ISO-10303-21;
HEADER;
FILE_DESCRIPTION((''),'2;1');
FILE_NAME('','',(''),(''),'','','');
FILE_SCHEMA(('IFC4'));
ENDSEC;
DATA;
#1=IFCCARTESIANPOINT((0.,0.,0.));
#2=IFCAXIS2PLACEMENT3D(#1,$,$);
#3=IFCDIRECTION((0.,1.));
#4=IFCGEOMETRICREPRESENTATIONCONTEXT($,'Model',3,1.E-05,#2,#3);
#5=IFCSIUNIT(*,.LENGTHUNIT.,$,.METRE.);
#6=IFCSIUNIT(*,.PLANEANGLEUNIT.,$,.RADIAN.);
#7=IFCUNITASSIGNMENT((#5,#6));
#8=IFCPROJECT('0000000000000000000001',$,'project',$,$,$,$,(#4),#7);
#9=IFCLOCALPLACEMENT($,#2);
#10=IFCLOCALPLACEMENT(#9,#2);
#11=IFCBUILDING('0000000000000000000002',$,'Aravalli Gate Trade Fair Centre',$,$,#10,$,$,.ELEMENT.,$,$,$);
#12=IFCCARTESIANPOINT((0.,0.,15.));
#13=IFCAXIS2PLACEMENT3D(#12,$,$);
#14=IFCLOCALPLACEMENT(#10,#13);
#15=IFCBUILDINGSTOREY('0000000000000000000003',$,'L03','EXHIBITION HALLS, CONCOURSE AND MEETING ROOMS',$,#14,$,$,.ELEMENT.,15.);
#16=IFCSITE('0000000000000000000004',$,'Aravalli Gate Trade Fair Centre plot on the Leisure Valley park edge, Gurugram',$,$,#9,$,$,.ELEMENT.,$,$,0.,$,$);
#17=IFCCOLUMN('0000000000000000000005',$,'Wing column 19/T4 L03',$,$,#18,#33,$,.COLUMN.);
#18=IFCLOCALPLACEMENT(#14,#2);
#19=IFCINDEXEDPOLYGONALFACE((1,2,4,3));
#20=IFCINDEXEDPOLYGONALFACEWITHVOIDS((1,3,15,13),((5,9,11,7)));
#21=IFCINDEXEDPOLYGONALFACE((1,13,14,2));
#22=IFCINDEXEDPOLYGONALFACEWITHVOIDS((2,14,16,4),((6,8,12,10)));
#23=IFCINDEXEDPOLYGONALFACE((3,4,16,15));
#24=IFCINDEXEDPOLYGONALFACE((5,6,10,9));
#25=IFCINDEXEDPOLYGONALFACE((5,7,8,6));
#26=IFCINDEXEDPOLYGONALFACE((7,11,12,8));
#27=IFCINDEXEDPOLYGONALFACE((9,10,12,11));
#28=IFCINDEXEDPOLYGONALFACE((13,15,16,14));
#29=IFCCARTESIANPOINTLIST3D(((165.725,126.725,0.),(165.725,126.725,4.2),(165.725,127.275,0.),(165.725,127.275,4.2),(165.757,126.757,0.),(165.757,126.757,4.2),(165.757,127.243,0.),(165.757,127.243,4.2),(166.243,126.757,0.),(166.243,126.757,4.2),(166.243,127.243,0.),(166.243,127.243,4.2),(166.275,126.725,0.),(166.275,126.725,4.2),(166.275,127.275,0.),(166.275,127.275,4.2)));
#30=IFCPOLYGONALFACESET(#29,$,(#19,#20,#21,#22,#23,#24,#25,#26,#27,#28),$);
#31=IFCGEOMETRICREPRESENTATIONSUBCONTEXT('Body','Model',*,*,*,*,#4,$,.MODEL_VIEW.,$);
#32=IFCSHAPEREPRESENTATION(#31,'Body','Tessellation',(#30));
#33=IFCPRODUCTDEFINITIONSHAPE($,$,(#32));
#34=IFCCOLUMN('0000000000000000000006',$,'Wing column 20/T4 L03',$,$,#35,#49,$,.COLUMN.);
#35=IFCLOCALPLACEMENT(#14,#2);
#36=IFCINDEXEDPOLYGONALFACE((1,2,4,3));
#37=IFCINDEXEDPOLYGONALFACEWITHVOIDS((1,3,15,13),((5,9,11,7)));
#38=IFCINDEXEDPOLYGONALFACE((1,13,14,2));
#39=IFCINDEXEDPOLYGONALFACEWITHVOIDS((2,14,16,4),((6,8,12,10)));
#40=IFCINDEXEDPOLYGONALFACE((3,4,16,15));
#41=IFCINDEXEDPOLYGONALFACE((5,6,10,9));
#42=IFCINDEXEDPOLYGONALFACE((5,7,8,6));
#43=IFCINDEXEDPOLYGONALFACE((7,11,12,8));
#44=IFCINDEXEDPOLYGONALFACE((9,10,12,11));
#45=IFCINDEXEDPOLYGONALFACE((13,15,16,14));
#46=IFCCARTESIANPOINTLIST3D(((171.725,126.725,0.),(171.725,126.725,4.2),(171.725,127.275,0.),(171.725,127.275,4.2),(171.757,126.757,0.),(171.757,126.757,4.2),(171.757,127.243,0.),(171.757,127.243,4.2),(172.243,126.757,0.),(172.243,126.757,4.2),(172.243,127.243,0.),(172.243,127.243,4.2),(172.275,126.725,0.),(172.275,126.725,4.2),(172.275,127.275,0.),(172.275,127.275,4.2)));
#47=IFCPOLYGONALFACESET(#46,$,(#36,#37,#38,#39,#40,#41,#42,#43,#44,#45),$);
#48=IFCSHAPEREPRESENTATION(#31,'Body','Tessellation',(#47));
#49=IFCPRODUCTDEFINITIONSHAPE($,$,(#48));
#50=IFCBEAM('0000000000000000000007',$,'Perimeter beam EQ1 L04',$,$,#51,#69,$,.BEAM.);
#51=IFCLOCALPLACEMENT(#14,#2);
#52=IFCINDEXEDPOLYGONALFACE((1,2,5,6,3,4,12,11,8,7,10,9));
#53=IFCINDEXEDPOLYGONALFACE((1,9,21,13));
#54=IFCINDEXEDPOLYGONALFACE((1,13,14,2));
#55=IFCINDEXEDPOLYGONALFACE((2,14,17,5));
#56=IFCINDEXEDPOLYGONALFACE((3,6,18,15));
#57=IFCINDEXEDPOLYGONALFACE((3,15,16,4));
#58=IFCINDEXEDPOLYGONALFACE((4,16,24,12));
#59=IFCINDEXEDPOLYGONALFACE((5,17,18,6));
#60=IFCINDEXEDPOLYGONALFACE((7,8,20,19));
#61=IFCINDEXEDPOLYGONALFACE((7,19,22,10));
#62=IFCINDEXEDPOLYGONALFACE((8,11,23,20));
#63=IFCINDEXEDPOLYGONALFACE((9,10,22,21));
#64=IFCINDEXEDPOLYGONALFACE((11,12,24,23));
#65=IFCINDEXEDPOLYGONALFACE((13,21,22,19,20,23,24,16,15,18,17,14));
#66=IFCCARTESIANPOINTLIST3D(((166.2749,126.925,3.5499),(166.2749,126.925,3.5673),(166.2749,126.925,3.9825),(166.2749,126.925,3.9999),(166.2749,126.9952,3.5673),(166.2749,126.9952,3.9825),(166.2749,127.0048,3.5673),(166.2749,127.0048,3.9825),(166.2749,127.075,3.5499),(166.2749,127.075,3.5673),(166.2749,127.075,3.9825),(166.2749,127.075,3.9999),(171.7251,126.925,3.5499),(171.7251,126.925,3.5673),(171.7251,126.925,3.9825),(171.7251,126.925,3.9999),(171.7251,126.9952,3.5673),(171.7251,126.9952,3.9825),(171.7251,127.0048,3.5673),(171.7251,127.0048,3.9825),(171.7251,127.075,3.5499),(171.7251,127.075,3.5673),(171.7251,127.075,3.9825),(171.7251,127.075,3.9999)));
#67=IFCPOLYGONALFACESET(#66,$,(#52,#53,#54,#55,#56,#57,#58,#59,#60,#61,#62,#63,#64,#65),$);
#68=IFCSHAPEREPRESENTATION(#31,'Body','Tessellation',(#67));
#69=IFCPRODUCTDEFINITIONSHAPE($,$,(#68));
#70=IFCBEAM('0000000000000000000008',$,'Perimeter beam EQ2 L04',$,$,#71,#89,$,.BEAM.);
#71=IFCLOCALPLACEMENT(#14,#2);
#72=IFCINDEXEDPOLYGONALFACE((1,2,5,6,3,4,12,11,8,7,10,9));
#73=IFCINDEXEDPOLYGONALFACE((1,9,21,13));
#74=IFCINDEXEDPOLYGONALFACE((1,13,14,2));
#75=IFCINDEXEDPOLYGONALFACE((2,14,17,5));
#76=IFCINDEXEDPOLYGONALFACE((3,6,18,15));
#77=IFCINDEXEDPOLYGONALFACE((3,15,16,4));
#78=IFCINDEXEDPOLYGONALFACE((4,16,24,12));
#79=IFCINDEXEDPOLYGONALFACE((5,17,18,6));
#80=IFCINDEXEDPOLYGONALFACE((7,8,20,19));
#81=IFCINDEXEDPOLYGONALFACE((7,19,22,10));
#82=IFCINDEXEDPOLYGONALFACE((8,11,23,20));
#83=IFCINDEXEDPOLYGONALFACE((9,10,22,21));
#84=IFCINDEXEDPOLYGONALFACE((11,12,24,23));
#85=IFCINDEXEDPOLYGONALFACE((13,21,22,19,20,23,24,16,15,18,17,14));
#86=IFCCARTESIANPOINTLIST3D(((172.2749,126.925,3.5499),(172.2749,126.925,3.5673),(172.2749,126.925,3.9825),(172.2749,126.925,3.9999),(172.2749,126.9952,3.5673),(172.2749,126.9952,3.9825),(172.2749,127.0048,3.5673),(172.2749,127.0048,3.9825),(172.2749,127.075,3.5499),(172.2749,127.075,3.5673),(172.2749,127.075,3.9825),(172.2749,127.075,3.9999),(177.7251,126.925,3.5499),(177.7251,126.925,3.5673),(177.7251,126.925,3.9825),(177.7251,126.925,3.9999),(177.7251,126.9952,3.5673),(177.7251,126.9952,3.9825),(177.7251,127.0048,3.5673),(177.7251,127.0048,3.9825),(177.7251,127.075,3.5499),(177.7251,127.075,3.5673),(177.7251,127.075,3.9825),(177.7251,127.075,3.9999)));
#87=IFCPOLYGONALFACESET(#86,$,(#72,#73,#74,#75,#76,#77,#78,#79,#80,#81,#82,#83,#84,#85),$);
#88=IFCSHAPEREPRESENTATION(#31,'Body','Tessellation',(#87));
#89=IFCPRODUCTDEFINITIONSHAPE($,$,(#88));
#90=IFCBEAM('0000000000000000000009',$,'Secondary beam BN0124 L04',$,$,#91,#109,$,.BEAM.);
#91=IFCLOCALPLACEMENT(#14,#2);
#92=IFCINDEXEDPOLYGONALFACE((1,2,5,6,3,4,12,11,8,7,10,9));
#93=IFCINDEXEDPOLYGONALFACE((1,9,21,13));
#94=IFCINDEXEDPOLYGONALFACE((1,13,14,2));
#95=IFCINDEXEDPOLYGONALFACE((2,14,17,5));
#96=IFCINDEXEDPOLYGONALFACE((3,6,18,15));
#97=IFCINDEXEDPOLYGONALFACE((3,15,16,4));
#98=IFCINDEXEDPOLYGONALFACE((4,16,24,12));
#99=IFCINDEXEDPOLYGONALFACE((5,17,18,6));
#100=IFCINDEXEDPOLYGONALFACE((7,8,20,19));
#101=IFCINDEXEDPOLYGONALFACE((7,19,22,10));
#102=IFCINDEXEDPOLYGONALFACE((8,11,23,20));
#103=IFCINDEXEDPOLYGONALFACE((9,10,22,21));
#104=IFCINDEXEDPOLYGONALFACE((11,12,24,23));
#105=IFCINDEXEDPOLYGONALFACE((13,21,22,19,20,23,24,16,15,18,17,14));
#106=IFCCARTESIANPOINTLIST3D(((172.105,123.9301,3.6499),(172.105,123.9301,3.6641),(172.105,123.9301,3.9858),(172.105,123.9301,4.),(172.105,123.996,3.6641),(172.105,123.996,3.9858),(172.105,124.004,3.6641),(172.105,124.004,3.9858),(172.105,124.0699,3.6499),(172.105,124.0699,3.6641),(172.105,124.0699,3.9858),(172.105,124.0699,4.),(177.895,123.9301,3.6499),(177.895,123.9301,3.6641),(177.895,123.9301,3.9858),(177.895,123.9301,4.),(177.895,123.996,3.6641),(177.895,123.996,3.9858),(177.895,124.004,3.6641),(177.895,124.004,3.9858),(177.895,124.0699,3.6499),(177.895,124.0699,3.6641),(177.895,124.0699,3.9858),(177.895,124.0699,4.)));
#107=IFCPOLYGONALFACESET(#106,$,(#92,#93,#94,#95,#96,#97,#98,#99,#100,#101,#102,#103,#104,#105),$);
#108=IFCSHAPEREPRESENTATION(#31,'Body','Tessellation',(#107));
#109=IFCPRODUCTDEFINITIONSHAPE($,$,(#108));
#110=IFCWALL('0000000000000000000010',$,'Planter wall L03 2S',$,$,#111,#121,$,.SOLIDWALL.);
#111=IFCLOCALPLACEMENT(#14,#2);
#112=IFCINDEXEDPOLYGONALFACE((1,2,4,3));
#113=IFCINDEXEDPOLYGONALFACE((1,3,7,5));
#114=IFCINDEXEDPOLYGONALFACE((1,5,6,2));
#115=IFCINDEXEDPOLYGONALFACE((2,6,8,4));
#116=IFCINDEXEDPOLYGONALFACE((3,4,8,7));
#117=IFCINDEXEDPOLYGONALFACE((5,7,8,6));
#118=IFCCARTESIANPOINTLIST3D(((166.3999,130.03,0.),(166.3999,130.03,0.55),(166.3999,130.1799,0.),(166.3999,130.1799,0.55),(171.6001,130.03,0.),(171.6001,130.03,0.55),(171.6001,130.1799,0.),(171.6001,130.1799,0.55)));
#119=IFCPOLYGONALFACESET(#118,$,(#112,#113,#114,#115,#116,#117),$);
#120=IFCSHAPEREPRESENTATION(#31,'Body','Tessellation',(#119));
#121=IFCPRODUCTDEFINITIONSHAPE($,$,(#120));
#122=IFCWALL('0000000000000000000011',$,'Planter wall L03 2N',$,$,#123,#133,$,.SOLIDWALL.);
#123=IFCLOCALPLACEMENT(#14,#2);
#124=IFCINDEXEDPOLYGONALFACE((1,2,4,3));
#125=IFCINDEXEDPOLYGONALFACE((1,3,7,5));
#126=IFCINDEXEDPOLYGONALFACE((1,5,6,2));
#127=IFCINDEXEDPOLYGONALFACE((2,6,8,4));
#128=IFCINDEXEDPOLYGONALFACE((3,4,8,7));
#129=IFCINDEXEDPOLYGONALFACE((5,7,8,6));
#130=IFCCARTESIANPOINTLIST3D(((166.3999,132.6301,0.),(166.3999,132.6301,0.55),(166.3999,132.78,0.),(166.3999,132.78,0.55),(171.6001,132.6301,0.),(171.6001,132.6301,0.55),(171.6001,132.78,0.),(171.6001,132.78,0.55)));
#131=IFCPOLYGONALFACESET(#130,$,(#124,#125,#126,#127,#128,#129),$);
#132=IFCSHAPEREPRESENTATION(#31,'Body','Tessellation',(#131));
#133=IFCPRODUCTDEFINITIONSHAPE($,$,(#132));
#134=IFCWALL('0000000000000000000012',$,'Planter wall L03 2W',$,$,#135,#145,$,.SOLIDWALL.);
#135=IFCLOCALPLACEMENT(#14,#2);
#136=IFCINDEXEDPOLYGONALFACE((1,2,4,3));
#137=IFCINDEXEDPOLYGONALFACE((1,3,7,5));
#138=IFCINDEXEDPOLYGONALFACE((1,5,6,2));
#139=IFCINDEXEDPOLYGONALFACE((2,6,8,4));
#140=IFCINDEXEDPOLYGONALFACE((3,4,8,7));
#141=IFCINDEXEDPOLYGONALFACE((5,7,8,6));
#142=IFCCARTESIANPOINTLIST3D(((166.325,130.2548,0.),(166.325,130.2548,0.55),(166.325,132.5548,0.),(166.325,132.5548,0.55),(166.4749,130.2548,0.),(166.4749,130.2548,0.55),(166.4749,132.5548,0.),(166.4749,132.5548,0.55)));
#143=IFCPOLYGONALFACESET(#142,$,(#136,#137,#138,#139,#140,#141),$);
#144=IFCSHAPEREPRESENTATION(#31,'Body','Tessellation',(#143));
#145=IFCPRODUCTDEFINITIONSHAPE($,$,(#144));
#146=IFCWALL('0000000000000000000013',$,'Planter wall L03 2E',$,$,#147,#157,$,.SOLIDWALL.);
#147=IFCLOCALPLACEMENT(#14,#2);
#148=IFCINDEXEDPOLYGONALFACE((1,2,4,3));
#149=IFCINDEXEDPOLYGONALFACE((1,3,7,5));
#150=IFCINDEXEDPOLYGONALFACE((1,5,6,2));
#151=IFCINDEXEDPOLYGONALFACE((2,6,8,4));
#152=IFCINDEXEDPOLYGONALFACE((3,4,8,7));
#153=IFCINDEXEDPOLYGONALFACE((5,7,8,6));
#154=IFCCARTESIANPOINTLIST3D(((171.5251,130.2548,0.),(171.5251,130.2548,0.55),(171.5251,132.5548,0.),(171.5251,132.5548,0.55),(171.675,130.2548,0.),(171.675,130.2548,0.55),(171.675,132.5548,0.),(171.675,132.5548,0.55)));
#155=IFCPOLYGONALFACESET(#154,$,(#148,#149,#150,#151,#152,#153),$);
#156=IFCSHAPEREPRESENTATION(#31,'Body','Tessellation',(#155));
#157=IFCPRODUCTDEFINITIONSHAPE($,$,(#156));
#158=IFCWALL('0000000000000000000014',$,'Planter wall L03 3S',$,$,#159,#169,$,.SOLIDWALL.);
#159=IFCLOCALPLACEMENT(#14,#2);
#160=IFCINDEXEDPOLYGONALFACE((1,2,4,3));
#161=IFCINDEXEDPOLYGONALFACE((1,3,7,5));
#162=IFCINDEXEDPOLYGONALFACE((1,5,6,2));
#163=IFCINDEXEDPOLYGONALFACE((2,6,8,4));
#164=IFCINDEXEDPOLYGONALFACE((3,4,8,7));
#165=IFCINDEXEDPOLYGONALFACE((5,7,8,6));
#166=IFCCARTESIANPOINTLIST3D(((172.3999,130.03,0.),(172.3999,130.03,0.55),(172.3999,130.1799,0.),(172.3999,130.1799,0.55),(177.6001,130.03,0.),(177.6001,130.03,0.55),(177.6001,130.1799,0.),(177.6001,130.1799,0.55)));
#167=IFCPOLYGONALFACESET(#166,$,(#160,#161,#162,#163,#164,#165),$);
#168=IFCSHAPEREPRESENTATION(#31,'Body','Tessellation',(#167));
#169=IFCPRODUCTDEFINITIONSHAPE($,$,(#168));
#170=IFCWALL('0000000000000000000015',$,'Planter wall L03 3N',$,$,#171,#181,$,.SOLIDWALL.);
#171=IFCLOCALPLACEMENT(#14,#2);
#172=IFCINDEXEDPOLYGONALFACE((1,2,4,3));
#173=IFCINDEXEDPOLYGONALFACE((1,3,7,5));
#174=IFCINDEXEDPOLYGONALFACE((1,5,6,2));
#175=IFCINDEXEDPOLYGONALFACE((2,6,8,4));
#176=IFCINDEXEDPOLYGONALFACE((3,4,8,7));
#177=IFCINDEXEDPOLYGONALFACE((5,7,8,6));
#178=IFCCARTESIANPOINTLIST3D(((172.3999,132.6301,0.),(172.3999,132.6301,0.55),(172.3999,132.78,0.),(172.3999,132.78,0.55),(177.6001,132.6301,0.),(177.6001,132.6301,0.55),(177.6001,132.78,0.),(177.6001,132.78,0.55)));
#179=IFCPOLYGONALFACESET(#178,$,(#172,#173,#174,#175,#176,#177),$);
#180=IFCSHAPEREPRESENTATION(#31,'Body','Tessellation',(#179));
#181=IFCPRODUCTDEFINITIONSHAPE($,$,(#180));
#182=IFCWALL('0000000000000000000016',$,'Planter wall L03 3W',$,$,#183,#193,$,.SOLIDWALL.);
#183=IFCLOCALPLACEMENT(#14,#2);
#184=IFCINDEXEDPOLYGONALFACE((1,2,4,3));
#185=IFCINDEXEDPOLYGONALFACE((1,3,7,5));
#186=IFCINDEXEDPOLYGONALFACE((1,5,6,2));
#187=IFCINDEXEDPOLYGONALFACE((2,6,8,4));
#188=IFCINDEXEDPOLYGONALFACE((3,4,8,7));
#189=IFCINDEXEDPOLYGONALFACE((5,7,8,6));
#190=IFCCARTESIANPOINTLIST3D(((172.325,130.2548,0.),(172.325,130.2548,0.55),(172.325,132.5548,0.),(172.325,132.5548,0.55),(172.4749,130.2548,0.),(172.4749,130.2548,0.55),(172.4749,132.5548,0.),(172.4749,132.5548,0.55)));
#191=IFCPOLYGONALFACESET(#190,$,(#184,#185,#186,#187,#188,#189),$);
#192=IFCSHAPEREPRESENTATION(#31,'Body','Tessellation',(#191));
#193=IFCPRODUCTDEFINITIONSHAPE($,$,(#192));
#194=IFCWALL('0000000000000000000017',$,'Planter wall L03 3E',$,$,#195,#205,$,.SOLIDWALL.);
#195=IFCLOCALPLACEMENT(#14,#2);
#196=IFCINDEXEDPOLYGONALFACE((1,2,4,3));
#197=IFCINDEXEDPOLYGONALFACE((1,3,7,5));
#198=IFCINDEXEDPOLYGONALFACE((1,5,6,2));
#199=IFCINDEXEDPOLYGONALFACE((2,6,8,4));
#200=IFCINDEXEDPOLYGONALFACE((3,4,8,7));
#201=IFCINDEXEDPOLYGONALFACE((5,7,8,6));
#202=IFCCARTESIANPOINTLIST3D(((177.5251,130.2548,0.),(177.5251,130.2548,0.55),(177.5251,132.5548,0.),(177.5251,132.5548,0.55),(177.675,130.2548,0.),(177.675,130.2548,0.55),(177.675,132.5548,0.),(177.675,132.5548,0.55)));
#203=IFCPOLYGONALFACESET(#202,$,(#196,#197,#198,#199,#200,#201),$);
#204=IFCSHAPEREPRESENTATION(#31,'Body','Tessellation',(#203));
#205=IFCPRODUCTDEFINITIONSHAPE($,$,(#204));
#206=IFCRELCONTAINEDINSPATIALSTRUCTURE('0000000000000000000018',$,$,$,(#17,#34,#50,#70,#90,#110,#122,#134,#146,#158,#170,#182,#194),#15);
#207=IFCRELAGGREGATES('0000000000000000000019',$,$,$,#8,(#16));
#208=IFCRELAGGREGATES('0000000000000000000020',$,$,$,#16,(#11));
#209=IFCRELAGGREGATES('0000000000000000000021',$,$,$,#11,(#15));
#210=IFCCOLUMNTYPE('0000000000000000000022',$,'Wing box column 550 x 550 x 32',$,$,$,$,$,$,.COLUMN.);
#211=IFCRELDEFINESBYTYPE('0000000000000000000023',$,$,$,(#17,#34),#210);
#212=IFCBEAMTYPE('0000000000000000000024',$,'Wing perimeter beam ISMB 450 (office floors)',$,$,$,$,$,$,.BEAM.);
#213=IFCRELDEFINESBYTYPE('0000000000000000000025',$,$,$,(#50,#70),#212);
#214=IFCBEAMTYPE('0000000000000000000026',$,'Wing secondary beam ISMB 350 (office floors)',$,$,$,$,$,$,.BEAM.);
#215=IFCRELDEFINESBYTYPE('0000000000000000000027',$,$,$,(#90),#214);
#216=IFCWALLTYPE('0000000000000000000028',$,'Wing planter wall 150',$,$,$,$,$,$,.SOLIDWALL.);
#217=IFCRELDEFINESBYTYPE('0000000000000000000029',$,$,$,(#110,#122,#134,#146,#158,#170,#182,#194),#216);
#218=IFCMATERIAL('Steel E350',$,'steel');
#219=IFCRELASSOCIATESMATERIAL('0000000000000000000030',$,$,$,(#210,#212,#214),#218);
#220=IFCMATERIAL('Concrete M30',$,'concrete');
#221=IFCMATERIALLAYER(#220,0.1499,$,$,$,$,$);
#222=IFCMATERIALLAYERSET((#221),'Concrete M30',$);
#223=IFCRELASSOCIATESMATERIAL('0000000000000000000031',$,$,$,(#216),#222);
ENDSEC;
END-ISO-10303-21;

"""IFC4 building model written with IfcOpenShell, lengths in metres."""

from ifc_helpers import new_model, si_unit, direction, frame, frame_2d, origin, origin_2d, place, context, subcontext, project, spatial, rectangle, hollow_rectangle, i_section, extrude, material, layer, layer_set, material_profile, profile_set, type_object, element, save


model = new_model("IFC4")

# Units and contexts
model_context = context("Model", 3, precision=1e-05, world=origin(), true_north=direction((0.0, 1.0)))
body_context = subcontext(model_context, "Body", "Model", "MODEL_VIEW")
ifc_project = project(units=[si_unit("LENGTHUNIT", "METRE"), si_unit("PLANEANGLEUNIT", "RADIAN")], contexts=[model_context])

# Site, building, storey
site_placement = place(None, origin())
site = spatial("IfcSite", under=ifc_project, at=site_placement, Name="Aravalli Gate Trade Fair Centre plot on the Leisure Valley park edge, Gurugram", CompositionType="ELEMENT", RefElevation=0.0)
building_placement = place(site_placement, origin())
building = spatial("IfcBuilding", under=site, at=building_placement, Name="Aravalli Gate Trade Fair Centre", CompositionType="ELEMENT")
storey_placement = place(building_placement, frame((0.0, 0.0, 15.0)))
storey = spatial("IfcBuildingStorey", under=building, at=storey_placement, Name="L03", Description="EXHIBITION HALLS, CONCOURSE AND MEETING ROOMS", CompositionType="ELEMENT", Elevation=15.0)

# Columns
ifc_material_1 = material(Name="Steel E350", Category="steel")
ifc_material_profile_1 = material_profile(ifc_material_1, hollow_rectangle(XDim=0.55, YDim=0.55, WallThickness=0.032, at=origin_2d()), Name="BOX 550x550x32")
ifc_profile_set_1 = profile_set([ifc_material_profile_1], Name="Steel E350")
column_type = type_object("IfcColumnType", Name="Wing box column 550 x 550 x 32", PredefinedType="COLUMN", material=ifc_profile_set_1)
for number, where, z_axis, x_axis, name in (
    (1, (166.0, 127.0, 0.0), (0.0, 0.0, 1.0), (1.0, 0.0, 0.0), "Wing column 19/T4 L03"),
    (2, (172.0, 127.0, 0.0), (0.0, 0.0, 1.0), (1.0, 0.0, 0.0), "Wing column 20/T4 L03"),
):
    element("IfcColumn", number, at=place(storey_placement, frame(where, z_axis=z_axis, x_axis=x_axis)), inside=storey, type_object=column_type, Name=name, PredefinedType="COLUMN", context=body_context, shape_type="SweptSolid", body=[
        extrude(hollow_rectangle(XDim=0.55, YDim=0.55, WallThickness=0.032, at=origin_2d()), origin(), (0.0, 0.0, 1.0), 4.2),
    ])

# Beams
ifc_material_profile_2 = material_profile(ifc_material_1, i_section(OverallWidth=0.1499, OverallDepth=0.45, WebThickness=0.0095, FlangeThickness=0.0173, at=origin_2d()), Name="ISMB 450")
ifc_profile_set_2 = profile_set([ifc_material_profile_2], Name="Steel E350")
beam_type_1 = type_object("IfcBeamType", Name="Wing perimeter beam ISMB 450 (office floors)", PredefinedType="BEAM", material=ifc_profile_set_2)
for number, where, z_axis, x_axis, name in (
    (3, (166.2749, 127.0, 3.7749), (1.0, 0.0, 0.0), (0.0, 1.0, 0.0), "Perimeter beam EQ1 L04"),
    (4, (172.2749, 127.0, 3.7749), (1.0, 0.0, 0.0), (0.0, 1.0, 0.0), "Perimeter beam EQ2 L04"),
):
    element("IfcBeam", number, at=place(storey_placement, frame(where, z_axis=z_axis, x_axis=x_axis)), inside=storey, type_object=beam_type_1, Name=name, PredefinedType="BEAM", context=body_context, shape_type="SweptSolid", body=[
        extrude(i_section(OverallWidth=0.1499, OverallDepth=0.45, WebThickness=0.0095, FlangeThickness=0.0173, at=origin_2d()), origin(), (0.0, 0.0, 1.0), 5.4502),
    ])
ifc_material_profile_3 = material_profile(ifc_material_1, i_section(OverallWidth=0.1399, OverallDepth=0.3501, WebThickness=0.0081, FlangeThickness=0.0142, at=origin_2d()), Name="ISMB 350")
ifc_profile_set_3 = profile_set([ifc_material_profile_3], Name="Steel E350")
beam_type_2 = type_object("IfcBeamType", Name="Wing secondary beam ISMB 350 (office floors)", PredefinedType="BEAM", material=ifc_profile_set_3)
beam_placement = place(storey_placement, frame((172.105, 124.0, 3.825), z_axis=(1.0, 0.0, 0.0), x_axis=(0.0, 1.0, 0.0)))
element("IfcBeam", 5, at=beam_placement, inside=storey, type_object=beam_type_2, Name="Secondary beam BN0124 L04", PredefinedType="BEAM", context=body_context, shape_type="SweptSolid", body=[
    extrude(i_section(OverallWidth=0.1399, OverallDepth=0.3501, WebThickness=0.0081, FlangeThickness=0.0142, at=origin_2d()), origin(), (0.0, 0.0, 1.0), 5.79),
])

# Walls
ifc_material_2 = material(Name="Concrete M30", Category="concrete")
ifc_layer_1 = layer(ifc_material_2, 0.1499)
ifc_layer_set_1 = layer_set([ifc_layer_1], Name="Concrete M30")
wall_type_1 = type_object("IfcWallType", Name="Wing planter wall 150", PredefinedType="SOLIDWALL", material=ifc_layer_set_1)
for number, where, z_axis, x_axis, name in (
    (6, (166.3999, 130.105, 0.0), (0.0, 0.0, 1.0), (1.0, 0.0, 0.0), "Planter wall L03 2S"),
    (7, (166.3999, 132.7051, 0.0), (0.0, 0.0, 1.0), (1.0, 0.0, 0.0), "Planter wall L03 2N"),
):
    element("IfcWall", number, at=place(storey_placement, frame(where, z_axis=z_axis, x_axis=x_axis)), inside=storey, type_object=wall_type_1, Name=name, PredefinedType="SOLIDWALL", context=body_context, shape_type="SweptSolid", body=[
        extrude(rectangle(XDim=5.2002, YDim=0.1499, at=frame_2d((2.6001, 0.0))), origin(), (0.0, 0.0, 1.0), 0.55),
    ])
for number, where, z_axis, x_axis, name in (
    (8, (166.3999, 130.2549, 0.0), (0.0, 0.0, 1.0), (0.0, 1.0, 0.0), "Planter wall L03 2W"),
    (9, (171.6001, 130.2549, 0.0), (0.0, 0.0, 1.0), (0.0, 1.0, 0.0), "Planter wall L03 2E"),
):
    element("IfcWall", number, at=place(storey_placement, frame(where, z_axis=z_axis, x_axis=x_axis)), inside=storey, type_object=wall_type_1, Name=name, PredefinedType="SOLIDWALL", context=body_context, shape_type="SweptSolid", body=[
        extrude(rectangle(XDim=2.3, YDim=0.1499, at=frame_2d((1.1499, 0.0))), origin(), (0.0, 0.0, 1.0), 0.55),
    ])
for number, where, z_axis, x_axis, name in (
    (10, (172.3999, 130.105, 0.0), (0.0, 0.0, 1.0), (1.0, 0.0, 0.0), "Planter wall L03 3S"),
    (11, (172.3999, 132.7051, 0.0), (0.0, 0.0, 1.0), (1.0, 0.0, 0.0), "Planter wall L03 3N"),
):
    element("IfcWall", number, at=place(storey_placement, frame(where, z_axis=z_axis, x_axis=x_axis)), inside=storey, type_object=wall_type_1, Name=name, PredefinedType="SOLIDWALL", context=body_context, shape_type="SweptSolid", body=[
        extrude(rectangle(XDim=5.2002, YDim=0.1499, at=frame_2d((2.6001, 0.0))), origin(), (0.0, 0.0, 1.0), 0.55),
    ])
for number, where, z_axis, x_axis, name in (
    (12, (172.3999, 130.2549, 0.0), (0.0, 0.0, 1.0), (0.0, 1.0, 0.0), "Planter wall L03 3W"),
    (13, (177.6001, 130.2549, 0.0), (0.0, 0.0, 1.0), (0.0, 1.0, 0.0), "Planter wall L03 3E"),
):
    element("IfcWall", number, at=place(storey_placement, frame(where, z_axis=z_axis, x_axis=x_axis)), inside=storey, type_object=wall_type_1, Name=name, PredefinedType="SOLIDWALL", context=body_context, shape_type="SweptSolid", body=[
        extrude(rectangle(XDim=2.3, YDim=0.1499, at=frame_2d((1.1499, 0.0))), origin(), (0.0, 0.0, 1.0), 0.55),
    ])

save(model, "model.ifc")
